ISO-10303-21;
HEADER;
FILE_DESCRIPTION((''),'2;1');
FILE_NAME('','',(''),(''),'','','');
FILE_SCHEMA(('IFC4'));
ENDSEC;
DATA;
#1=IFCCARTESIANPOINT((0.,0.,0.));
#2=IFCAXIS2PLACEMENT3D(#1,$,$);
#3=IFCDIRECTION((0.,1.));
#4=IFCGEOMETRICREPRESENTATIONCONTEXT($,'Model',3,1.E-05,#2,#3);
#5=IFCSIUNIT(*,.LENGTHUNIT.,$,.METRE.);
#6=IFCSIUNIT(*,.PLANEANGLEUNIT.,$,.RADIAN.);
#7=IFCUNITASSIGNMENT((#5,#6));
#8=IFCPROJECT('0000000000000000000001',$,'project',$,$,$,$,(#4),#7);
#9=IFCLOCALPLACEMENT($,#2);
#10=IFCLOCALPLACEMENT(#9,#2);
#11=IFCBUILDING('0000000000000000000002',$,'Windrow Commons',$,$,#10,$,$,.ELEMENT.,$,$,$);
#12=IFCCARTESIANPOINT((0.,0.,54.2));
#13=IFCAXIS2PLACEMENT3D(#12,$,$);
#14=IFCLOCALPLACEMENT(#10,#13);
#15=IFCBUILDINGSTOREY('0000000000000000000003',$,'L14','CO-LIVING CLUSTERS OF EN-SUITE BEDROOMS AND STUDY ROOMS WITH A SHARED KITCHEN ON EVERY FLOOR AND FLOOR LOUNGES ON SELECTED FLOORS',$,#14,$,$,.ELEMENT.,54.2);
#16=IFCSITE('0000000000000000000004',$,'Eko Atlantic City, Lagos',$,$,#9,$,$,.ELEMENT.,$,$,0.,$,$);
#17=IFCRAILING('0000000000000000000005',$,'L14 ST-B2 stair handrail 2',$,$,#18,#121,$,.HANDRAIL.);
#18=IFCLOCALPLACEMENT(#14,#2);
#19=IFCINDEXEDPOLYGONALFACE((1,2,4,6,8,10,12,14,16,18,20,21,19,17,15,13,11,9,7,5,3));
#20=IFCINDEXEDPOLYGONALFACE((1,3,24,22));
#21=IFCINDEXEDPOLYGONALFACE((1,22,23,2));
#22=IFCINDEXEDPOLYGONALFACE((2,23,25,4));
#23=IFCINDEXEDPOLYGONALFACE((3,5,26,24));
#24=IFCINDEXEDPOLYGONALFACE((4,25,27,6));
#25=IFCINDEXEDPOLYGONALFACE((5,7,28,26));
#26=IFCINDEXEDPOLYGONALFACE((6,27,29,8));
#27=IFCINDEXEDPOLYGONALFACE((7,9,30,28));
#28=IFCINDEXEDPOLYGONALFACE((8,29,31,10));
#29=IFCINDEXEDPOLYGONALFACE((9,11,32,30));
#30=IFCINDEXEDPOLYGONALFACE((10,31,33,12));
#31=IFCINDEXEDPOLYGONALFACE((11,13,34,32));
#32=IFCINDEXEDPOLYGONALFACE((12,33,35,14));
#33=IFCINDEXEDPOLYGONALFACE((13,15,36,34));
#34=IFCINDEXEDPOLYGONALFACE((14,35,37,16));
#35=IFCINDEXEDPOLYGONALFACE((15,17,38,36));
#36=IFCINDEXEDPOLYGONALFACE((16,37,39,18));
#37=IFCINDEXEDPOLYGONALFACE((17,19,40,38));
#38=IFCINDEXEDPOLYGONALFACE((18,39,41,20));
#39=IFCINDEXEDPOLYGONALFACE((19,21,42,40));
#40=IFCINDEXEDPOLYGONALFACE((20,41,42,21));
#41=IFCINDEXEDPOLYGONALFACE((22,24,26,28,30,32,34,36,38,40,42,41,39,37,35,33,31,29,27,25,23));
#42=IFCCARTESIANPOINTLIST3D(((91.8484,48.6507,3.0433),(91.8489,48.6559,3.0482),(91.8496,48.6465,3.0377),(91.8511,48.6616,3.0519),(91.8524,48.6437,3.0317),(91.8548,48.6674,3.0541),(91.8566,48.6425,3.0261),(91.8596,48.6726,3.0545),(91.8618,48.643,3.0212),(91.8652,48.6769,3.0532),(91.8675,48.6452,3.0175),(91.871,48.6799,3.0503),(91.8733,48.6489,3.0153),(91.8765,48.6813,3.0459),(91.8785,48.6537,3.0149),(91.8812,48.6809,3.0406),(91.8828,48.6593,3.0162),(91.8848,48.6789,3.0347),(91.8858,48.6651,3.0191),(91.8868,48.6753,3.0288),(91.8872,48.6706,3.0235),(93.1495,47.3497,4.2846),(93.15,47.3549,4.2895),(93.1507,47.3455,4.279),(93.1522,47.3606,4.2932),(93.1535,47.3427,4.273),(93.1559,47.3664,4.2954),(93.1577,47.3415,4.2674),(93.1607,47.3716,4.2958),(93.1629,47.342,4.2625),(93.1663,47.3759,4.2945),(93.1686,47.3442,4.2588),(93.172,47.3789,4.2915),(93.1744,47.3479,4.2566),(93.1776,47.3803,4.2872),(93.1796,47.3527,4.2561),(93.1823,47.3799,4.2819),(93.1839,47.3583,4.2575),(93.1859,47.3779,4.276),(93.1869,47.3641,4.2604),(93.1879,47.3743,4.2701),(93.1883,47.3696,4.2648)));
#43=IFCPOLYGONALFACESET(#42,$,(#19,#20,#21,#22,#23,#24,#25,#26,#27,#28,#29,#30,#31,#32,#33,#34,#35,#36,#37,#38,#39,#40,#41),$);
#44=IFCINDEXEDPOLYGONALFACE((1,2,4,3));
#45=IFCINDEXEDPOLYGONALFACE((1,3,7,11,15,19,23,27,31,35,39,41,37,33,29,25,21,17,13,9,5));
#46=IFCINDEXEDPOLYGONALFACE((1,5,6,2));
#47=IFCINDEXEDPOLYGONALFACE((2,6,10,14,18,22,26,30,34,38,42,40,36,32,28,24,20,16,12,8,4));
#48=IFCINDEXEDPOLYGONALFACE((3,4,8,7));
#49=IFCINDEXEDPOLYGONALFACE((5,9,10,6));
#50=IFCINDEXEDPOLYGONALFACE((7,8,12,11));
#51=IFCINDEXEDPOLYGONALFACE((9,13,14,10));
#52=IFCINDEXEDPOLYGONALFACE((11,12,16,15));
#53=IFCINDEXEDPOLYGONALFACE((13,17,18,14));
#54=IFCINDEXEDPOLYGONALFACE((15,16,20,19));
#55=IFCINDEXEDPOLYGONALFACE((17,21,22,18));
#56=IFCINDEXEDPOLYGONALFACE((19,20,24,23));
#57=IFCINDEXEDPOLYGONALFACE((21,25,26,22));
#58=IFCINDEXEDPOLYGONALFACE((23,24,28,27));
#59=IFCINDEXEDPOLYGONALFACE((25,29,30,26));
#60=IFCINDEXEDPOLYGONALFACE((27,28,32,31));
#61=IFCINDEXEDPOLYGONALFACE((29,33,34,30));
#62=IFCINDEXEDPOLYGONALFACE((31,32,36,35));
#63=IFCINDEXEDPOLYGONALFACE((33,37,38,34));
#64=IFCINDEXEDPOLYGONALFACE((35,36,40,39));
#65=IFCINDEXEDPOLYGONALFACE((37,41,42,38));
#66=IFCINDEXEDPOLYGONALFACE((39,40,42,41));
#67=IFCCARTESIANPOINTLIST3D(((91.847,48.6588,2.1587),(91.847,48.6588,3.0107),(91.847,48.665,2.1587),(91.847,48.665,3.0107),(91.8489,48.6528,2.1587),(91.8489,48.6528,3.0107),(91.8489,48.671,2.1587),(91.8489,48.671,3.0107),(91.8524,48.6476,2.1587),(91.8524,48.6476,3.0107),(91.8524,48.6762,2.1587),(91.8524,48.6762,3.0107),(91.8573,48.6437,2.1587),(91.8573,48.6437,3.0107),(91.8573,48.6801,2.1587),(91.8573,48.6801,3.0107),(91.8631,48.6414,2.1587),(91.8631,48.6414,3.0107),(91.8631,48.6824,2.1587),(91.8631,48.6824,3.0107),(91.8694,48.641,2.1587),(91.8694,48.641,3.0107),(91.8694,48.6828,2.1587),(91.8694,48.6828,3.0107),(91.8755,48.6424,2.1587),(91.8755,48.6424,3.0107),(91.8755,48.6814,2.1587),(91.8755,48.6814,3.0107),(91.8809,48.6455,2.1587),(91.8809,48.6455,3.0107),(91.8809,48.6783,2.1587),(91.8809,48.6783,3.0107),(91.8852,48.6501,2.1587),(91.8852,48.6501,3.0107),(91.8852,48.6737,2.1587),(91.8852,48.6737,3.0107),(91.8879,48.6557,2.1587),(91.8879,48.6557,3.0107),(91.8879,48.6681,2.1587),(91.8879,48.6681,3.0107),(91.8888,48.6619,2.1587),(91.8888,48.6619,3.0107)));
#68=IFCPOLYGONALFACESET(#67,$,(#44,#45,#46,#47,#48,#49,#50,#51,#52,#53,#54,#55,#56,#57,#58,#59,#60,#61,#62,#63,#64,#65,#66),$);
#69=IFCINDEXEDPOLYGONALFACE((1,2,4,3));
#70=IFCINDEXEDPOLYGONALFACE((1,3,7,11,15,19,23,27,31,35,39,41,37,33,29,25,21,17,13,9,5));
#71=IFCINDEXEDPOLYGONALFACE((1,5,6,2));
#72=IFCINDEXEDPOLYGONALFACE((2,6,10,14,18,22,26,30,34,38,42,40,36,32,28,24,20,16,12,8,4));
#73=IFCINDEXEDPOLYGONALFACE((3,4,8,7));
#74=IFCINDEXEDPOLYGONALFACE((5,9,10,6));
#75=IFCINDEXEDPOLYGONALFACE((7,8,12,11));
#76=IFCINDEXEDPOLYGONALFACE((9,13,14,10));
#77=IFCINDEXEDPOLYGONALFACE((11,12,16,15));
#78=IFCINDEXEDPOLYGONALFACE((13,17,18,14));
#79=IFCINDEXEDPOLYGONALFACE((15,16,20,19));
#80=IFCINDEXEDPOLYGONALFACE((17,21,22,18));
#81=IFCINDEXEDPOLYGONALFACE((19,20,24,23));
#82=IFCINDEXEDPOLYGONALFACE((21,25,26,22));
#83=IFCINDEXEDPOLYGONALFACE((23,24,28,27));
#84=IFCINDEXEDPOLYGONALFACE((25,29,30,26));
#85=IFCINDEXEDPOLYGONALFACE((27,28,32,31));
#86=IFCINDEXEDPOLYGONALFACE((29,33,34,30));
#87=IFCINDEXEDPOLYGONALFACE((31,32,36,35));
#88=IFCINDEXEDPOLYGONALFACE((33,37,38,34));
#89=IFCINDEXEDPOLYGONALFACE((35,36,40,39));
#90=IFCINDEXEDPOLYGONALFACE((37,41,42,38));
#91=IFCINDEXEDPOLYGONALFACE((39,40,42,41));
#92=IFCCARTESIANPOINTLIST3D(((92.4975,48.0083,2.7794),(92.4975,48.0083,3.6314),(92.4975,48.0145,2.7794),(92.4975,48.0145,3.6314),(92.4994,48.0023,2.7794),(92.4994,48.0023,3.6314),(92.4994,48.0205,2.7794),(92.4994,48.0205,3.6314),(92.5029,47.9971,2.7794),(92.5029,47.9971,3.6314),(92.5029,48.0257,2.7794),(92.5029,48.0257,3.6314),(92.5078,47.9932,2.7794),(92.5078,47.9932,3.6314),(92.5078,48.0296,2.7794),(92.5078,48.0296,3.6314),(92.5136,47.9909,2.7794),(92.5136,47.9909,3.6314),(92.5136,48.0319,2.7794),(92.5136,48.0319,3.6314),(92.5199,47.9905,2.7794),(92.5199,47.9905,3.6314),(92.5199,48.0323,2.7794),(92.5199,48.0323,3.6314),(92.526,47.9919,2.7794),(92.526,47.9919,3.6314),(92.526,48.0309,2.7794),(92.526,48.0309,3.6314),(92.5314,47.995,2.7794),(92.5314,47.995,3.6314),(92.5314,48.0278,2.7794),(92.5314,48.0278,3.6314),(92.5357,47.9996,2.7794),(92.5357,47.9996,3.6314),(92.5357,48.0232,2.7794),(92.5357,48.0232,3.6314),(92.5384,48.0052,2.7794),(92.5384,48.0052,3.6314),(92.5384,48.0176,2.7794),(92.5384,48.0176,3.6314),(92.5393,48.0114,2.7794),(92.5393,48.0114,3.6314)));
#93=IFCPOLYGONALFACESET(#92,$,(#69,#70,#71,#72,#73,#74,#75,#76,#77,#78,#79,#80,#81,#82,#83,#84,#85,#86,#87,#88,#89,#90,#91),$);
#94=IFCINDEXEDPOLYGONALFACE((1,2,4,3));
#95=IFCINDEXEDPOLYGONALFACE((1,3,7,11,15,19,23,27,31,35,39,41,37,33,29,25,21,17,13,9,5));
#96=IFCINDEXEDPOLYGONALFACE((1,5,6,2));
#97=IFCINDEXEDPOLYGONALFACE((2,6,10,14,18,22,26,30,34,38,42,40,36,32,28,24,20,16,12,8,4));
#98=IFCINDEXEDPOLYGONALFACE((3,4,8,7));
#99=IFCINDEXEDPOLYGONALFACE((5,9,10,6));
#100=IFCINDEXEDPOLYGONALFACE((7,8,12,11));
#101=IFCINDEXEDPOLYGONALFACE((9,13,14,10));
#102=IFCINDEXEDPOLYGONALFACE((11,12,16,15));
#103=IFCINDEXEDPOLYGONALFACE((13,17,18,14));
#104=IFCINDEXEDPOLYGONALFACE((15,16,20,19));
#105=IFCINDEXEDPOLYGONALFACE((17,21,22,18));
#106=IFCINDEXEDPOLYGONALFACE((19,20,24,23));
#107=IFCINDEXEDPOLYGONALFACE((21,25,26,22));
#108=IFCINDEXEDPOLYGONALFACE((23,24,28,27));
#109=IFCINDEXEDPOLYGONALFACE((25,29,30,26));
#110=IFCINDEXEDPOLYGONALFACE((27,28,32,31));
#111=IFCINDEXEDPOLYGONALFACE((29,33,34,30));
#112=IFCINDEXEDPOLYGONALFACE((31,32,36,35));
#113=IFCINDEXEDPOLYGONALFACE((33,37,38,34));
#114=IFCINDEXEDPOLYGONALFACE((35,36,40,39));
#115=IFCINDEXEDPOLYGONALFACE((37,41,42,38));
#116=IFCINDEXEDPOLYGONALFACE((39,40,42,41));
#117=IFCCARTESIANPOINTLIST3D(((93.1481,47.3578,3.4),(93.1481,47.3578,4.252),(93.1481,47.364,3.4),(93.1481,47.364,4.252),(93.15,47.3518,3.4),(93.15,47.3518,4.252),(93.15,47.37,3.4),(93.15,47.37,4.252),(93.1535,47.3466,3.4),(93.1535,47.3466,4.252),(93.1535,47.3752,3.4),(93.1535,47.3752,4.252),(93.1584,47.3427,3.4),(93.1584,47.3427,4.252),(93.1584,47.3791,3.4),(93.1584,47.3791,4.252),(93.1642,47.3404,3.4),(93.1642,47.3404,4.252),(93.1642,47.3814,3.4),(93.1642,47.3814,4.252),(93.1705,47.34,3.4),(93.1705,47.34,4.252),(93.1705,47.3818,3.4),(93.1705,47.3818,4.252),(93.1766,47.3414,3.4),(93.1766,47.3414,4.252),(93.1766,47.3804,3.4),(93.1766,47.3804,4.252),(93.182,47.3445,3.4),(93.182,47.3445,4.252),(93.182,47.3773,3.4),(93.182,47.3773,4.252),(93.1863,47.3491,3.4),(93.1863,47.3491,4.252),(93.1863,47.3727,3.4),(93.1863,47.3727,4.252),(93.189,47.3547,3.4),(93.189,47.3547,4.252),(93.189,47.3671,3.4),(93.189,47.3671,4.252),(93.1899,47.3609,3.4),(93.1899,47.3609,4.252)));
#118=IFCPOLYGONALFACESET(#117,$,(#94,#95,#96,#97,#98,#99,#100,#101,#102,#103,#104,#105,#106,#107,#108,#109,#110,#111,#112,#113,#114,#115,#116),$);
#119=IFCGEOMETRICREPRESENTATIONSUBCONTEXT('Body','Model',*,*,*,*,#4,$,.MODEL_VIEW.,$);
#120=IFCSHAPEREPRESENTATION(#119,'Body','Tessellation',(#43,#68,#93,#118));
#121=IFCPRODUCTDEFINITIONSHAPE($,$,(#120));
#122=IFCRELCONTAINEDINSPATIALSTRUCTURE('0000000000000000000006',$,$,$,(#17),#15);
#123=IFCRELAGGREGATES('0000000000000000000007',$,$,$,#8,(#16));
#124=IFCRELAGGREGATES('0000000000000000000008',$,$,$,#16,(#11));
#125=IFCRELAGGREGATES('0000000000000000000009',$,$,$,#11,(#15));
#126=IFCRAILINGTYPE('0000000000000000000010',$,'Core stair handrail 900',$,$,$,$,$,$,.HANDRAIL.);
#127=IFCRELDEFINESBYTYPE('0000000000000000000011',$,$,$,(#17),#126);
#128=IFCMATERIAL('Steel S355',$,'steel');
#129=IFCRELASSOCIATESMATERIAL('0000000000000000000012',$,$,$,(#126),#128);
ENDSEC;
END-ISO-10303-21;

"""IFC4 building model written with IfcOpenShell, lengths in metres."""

from ifc_helpers import new_model, si_unit, direction, frame, origin, origin_2d, place, context, subcontext, project, spatial, circle, extrude, material, type_object, element, save


model = new_model("IFC4")

# Units and contexts
model_context = context("Model", 3, precision=1e-05, world=origin(), true_north=direction((0.0, 1.0)))
body_context = subcontext(model_context, "Body", "Model", "MODEL_VIEW")
ifc_project = project(units=[si_unit("LENGTHUNIT", "METRE"), si_unit("PLANEANGLEUNIT", "RADIAN")], contexts=[model_context])

# Site, building, storey
site_placement = place(None, origin())
site = spatial("IfcSite", under=ifc_project, at=site_placement, Name="Eko Atlantic City, Lagos", CompositionType="ELEMENT", RefElevation=0.0)
building_placement = place(site_placement, origin())
building = spatial("IfcBuilding", under=site, at=building_placement, Name="Windrow Commons", CompositionType="ELEMENT")
storey_placement = place(building_placement, frame((0.0, 0.0, 54.2)))
storey = spatial("IfcBuildingStorey", under=building, at=storey_placement, Name="L14", Description="CO-LIVING CLUSTERS OF EN-SUITE BEDROOMS AND STUDY ROOMS WITH A SHARED KITCHEN ON EVERY FLOOR AND FLOOR LOUNGES ON SELECTED FLOORS", CompositionType="ELEMENT", Elevation=54.2)

# Railing
ifc_material_1 = material(Name="Steel S355", Category="steel")
railing_type_1 = type_object("IfcRailingType", Name="Core stair handrail 900", PredefinedType="HANDRAIL", material=ifc_material_1)
railing_1_placement = place(storey_placement, frame((91.8678, 48.6619, 2.1587)))
element("IfcRailing", 1, at=railing_1_placement, inside=storey, type_object=railing_type_1, Name="L14 ST-B2 stair handrail 2", PredefinedType="HANDRAIL", context=body_context, shape_type="SweptSolid", body=[
    extrude(circle(Radius=0.024, at=origin_2d()), frame((0.0, 0.0, 0.876), z_axis=(0.586207, -0.586162, 0.559264), x_axis=(0.70708, 0.707134, 0.0)), (0.0, 0.0, 1.0), 2.2195),
    extrude(circle(Radius=0.021, at=origin_2d()), origin(), (0.0, 0.0, 1.0), 0.852),
    extrude(circle(Radius=0.021, at=origin_2d()), frame((0.6505, -0.6505, 0.6207)), (0.0, 0.0, 1.0), 0.852),
    extrude(circle(Radius=0.021, at=origin_2d()), frame((1.3011, -1.301, 1.2413)), (0.0, 0.0, 1.0), 0.852),
])

save(model, "model.ifc")
